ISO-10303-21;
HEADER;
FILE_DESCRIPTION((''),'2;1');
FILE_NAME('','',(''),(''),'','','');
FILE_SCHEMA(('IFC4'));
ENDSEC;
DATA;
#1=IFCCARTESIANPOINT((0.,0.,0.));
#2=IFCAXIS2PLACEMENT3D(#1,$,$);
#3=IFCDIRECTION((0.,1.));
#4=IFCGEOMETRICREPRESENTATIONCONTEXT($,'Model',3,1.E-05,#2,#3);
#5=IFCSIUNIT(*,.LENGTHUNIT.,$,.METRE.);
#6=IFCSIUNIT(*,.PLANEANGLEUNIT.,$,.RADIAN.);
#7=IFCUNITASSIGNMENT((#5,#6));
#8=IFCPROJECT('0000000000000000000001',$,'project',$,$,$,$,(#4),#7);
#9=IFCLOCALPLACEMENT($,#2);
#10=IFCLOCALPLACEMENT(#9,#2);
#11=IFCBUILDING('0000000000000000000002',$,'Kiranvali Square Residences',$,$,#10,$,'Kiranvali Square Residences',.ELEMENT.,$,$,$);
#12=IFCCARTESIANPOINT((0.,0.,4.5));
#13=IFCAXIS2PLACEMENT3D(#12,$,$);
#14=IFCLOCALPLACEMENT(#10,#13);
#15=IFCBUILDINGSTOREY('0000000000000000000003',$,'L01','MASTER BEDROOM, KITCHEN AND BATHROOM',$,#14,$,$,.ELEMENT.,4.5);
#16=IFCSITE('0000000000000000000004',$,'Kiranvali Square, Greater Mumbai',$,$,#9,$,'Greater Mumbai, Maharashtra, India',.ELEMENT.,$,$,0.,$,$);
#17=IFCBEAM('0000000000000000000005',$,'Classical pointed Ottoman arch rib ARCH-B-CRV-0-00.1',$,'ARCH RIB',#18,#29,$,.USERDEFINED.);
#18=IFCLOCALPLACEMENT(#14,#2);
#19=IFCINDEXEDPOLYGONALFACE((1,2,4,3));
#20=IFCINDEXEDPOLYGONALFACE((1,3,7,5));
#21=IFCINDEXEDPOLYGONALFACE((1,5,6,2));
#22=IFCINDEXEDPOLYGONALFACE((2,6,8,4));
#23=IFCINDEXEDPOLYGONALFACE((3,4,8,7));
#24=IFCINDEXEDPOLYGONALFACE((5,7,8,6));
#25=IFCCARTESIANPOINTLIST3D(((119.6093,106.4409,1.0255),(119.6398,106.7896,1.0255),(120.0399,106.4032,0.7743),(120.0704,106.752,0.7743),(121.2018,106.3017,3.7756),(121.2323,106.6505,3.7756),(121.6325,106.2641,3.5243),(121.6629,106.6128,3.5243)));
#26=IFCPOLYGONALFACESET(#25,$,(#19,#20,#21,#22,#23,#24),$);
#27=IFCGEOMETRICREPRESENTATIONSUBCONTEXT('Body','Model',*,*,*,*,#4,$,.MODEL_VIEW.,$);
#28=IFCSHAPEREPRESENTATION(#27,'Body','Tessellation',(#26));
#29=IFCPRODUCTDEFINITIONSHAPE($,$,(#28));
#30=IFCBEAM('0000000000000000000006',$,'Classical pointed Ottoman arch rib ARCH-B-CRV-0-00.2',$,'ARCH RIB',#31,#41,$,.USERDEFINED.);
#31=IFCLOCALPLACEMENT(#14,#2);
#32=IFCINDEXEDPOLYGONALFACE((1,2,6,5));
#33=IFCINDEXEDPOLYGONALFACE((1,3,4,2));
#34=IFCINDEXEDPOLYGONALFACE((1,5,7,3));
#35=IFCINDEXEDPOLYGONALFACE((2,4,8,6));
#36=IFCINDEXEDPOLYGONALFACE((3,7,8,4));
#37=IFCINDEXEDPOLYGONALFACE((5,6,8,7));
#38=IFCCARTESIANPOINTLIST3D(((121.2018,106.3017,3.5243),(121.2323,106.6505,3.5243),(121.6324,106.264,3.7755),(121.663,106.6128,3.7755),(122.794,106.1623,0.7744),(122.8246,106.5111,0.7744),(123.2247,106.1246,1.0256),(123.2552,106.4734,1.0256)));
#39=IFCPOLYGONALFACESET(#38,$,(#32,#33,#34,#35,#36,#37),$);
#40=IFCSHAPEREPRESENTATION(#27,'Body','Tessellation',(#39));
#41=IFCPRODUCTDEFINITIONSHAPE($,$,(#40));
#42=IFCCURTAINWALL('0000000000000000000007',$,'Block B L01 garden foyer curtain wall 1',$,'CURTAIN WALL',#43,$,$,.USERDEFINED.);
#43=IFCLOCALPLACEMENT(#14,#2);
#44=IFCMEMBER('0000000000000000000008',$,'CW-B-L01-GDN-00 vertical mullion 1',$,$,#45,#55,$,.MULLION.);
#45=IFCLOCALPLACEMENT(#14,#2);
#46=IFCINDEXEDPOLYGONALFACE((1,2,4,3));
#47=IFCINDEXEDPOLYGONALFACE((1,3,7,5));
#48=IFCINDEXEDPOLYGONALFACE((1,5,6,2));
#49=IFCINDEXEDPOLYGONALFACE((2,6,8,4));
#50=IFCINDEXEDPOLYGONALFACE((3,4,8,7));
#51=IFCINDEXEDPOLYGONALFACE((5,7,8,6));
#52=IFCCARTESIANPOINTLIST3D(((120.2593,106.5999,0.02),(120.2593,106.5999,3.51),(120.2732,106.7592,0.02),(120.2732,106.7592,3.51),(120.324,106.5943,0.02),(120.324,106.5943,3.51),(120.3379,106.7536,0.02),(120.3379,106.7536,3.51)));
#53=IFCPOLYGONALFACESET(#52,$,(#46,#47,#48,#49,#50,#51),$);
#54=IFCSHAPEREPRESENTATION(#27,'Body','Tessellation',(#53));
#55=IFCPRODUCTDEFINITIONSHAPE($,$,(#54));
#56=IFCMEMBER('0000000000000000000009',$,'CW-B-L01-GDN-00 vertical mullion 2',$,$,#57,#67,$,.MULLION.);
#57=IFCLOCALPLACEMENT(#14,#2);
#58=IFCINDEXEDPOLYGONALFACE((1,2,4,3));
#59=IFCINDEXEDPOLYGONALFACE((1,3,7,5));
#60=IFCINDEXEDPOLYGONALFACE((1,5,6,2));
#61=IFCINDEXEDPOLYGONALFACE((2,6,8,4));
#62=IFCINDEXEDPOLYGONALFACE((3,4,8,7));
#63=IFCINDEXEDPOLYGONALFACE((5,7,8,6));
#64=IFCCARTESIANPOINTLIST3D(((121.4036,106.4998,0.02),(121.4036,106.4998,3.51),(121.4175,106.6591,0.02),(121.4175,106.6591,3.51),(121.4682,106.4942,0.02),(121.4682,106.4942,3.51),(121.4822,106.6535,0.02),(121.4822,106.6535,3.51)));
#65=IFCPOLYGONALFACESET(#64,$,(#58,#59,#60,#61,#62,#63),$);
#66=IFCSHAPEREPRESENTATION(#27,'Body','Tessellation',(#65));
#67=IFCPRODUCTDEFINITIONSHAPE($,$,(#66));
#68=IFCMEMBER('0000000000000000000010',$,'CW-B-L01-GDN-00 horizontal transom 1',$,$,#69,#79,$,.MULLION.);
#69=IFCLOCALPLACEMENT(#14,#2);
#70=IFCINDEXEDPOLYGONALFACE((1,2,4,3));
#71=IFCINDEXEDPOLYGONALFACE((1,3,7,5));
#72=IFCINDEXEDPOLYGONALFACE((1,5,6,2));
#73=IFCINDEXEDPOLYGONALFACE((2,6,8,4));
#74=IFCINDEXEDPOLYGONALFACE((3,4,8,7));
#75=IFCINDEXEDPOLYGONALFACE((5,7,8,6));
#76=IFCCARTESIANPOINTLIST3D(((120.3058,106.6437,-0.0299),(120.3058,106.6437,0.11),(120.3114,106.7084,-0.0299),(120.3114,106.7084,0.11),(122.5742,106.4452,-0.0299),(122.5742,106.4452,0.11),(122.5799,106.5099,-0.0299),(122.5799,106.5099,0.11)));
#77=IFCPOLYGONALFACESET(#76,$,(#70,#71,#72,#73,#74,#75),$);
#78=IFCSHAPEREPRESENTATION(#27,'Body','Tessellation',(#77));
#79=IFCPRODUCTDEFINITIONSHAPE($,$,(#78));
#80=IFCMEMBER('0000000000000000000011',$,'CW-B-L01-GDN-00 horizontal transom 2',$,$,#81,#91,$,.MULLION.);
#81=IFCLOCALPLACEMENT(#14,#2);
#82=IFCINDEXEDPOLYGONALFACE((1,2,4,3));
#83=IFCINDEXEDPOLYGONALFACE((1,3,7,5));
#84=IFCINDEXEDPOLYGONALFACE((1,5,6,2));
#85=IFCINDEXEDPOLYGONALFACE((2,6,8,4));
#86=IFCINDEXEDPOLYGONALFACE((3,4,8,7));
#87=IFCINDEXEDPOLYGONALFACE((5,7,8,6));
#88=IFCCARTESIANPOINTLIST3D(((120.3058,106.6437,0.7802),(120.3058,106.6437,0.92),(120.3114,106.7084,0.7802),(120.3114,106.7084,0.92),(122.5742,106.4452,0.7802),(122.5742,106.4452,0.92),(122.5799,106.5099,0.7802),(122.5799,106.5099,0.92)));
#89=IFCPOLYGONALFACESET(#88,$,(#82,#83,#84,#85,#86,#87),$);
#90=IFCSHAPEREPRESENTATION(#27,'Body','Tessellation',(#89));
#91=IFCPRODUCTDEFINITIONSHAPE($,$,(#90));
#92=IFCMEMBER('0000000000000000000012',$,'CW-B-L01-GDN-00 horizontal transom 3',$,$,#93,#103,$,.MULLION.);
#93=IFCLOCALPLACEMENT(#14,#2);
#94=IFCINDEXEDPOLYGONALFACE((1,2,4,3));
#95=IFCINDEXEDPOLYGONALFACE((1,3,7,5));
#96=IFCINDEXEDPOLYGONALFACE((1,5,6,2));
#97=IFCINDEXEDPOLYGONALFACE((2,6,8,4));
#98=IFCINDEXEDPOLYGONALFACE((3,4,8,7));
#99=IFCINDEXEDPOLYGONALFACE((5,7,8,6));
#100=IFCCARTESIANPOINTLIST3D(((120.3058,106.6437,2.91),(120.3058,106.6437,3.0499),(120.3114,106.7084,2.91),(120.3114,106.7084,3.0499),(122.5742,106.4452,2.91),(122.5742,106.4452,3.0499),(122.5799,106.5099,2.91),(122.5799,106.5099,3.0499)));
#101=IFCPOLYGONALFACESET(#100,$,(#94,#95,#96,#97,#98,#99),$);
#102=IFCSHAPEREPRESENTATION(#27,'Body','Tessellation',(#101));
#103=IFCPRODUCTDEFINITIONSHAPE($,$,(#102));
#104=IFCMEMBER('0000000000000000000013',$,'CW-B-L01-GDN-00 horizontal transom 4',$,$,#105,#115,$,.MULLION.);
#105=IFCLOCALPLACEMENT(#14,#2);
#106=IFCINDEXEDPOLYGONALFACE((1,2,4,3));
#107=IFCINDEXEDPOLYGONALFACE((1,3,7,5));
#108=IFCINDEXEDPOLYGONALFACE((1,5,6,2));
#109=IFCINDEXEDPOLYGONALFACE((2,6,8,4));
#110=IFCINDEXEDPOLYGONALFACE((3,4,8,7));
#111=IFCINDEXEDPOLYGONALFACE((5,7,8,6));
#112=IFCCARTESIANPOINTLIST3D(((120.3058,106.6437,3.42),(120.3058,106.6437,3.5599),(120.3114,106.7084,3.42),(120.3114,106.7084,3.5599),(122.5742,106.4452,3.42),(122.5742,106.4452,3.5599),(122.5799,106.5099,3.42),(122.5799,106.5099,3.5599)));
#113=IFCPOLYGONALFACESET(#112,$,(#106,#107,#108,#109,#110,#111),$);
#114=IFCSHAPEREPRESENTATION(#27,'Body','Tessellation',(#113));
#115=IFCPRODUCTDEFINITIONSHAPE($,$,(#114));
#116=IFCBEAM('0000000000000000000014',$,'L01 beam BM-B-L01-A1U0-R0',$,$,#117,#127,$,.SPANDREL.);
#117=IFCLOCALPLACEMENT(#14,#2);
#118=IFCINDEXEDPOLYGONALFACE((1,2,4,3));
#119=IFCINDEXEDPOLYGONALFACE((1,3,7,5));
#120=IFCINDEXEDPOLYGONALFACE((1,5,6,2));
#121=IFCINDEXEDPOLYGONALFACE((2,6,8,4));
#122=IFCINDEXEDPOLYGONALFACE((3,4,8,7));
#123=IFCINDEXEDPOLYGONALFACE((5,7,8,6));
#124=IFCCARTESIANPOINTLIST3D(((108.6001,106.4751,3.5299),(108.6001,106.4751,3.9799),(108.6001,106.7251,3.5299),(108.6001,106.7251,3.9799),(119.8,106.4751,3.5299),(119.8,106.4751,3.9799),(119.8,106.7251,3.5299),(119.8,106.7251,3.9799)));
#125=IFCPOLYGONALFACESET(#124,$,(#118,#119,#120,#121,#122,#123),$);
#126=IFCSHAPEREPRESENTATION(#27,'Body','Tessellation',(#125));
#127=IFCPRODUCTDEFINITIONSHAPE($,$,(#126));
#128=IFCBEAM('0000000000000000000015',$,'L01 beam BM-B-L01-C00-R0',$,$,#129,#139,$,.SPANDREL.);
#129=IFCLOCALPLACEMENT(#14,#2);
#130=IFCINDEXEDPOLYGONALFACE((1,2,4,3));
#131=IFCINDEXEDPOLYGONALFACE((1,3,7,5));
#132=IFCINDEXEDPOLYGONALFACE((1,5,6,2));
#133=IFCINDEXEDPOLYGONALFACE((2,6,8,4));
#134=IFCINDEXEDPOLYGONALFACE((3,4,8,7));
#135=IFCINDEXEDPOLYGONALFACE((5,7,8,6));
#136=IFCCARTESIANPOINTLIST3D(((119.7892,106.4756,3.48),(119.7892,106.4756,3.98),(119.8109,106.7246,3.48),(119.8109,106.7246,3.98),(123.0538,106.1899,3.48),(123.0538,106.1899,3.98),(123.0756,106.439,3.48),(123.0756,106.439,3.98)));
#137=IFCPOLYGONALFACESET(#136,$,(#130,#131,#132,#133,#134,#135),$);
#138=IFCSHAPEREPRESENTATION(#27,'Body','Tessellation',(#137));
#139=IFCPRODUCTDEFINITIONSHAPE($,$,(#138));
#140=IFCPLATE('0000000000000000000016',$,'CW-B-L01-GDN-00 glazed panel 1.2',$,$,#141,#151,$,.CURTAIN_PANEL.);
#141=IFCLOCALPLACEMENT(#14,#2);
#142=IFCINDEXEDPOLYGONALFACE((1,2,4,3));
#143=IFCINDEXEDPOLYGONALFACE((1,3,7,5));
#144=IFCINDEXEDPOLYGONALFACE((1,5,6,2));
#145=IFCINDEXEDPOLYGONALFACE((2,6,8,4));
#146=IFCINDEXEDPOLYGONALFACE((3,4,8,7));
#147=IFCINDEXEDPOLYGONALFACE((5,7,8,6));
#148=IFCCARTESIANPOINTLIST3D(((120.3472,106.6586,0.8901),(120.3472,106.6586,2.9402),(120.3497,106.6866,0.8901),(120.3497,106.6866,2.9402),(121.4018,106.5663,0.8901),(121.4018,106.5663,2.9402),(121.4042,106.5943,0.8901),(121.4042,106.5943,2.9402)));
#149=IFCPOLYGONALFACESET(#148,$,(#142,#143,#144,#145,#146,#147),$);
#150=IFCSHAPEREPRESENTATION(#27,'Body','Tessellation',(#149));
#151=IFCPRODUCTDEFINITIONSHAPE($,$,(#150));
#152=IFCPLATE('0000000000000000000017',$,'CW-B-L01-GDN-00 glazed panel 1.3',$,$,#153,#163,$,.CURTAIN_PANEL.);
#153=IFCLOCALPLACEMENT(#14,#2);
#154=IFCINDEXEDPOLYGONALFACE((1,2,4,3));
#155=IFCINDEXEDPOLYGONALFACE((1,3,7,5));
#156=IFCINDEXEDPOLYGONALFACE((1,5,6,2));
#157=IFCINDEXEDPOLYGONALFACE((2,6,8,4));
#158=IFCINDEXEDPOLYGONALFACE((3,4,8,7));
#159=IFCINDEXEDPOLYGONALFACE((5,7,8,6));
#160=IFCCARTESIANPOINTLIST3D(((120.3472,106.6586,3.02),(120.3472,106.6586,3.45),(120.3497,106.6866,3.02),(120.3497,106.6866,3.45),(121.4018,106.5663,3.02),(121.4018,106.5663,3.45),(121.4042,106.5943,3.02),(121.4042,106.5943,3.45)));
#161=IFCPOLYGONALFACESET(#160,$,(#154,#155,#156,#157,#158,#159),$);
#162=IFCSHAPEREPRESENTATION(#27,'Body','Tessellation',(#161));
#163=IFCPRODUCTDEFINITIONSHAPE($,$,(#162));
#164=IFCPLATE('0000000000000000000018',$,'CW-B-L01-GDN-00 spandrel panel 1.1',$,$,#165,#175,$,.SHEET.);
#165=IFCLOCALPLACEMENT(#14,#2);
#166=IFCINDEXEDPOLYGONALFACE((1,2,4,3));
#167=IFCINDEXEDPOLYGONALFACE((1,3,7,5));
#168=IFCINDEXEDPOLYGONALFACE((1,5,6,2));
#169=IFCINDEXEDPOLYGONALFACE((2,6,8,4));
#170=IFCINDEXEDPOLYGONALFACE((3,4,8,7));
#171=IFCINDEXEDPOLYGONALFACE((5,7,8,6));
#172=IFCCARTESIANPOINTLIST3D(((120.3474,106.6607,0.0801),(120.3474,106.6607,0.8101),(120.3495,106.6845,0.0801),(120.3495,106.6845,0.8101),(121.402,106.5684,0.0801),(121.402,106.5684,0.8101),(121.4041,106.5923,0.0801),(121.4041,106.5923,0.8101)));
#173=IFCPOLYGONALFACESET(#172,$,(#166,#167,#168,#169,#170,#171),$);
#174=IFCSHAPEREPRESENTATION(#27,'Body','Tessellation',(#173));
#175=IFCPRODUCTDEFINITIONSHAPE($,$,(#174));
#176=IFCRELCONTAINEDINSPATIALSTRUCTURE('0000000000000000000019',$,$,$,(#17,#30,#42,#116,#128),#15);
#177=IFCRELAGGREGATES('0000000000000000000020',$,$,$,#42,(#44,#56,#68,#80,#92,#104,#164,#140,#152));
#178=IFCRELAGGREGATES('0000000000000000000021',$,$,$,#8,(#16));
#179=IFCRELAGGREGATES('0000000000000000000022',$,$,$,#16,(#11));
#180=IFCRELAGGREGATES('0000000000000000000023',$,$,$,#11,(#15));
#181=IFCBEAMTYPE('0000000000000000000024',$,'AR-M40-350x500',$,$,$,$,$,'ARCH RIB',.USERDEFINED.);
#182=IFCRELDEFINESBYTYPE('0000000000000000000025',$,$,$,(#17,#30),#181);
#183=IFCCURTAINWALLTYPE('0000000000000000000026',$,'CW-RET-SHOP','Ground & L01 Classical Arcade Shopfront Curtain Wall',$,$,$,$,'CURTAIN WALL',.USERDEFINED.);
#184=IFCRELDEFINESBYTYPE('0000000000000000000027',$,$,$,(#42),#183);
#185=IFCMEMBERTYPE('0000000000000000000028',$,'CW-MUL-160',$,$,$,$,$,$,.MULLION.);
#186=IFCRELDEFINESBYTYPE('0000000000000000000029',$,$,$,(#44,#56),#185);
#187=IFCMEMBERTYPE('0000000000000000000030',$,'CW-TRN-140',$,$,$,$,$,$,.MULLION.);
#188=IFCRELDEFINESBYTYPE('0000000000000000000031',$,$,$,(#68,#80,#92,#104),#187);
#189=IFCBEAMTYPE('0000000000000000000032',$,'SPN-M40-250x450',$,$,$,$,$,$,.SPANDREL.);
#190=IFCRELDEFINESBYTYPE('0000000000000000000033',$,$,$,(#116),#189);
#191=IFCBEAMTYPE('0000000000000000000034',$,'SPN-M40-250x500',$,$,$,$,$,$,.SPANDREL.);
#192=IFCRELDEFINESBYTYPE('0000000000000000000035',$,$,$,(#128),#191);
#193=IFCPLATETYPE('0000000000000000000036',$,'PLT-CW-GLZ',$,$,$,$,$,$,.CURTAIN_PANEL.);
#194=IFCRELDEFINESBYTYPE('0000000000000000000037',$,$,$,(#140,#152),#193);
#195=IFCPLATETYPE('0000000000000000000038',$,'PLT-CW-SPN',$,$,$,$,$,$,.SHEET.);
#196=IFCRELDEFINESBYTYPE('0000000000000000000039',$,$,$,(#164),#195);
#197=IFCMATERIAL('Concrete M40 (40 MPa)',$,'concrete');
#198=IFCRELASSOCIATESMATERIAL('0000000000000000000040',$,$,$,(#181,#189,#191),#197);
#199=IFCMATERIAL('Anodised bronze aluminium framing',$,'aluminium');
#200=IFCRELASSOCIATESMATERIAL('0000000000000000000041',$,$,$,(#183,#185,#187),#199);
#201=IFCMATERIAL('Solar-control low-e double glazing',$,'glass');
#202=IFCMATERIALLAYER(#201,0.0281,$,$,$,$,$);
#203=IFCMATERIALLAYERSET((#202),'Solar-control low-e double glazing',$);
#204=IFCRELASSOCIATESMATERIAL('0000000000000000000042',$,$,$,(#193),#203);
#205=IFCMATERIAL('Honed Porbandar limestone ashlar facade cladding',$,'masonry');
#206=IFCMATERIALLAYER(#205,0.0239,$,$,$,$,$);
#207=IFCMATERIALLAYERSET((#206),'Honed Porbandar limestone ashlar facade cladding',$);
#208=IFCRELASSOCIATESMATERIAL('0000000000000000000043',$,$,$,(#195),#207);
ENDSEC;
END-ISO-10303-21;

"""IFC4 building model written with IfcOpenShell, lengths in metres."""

from ifc_helpers import new_model, si_unit, direction, frame, origin, origin_2d, place, context, subcontext, project, spatial, rectangle, extrude, material, layer, layer_set, material_profile, profile_set, type_object, element, aggregate, save


model = new_model("IFC4")

# Units and contexts
model_context = context("Model", 3, precision=1e-05, world=origin(), true_north=direction((0.0, 1.0)))
body_context = subcontext(model_context, "Body", "Model", "MODEL_VIEW")
ifc_project = project(units=[si_unit("LENGTHUNIT", "METRE"), si_unit("PLANEANGLEUNIT", "RADIAN")], contexts=[model_context])

# Site, building, storey
site_placement = place(None, origin())
site = spatial("IfcSite", under=ifc_project, at=site_placement, Name="Kiranvali Square, Greater Mumbai", LongName="Greater Mumbai, Maharashtra, India", CompositionType="ELEMENT", RefElevation=0.0)
building_placement = place(site_placement, origin())
building = spatial("IfcBuilding", under=site, at=building_placement, Name="Kiranvali Square Residences", LongName="Kiranvali Square Residences", CompositionType="ELEMENT")
storey_placement = place(building_placement, frame((0.0, 0.0, 4.5)))
storey = spatial("IfcBuildingStorey", under=building, at=storey_placement, Name="L01", Description="MASTER BEDROOM, KITCHEN AND BATHROOM", CompositionType="ELEMENT", Elevation=4.5)

# Beams
ifc_material_1 = material(Name="Concrete M40 (40 MPa)", Category="concrete")
ifc_material_profile_1 = material_profile(ifc_material_1, rectangle(XDim=0.3501, YDim=0.5, at=origin_2d()), Name="RC 350x500")
ifc_profile_set_1 = profile_set([ifc_material_profile_1], Name="Concrete M40 (40 MPa)")
beam_type_1 = type_object("IfcBeamType", Name="AR-M40-350x500", ElementType="ARCH RIB", PredefinedType="USERDEFINED", material=ifc_profile_set_1)
beam_1_placement = place(storey_placement, frame((119.8398, 106.5964, 0.8999), z_axis=(0.500656, -0.043749, 0.86454), x_axis=(0.087051, 0.996204, 0.0)))
element("IfcBeam", 1, at=beam_1_placement, inside=storey, type_object=beam_type_1, Name="Classical pointed Ottoman arch rib ARCH-B-CRV-0-00.1", ObjectType="ARCH RIB", PredefinedType="USERDEFINED", context=body_context, shape_type="SweptSolid", body=[
    extrude(rectangle(XDim=0.3501, YDim=0.5, at=origin_2d()), origin(), (0.0, 0.0, 1.0), 3.1809),
])
beam_2_placement = place(storey_placement, frame((121.4324, 106.4573, 3.6499), z_axis=(0.500597, -0.043827, -0.86457), x_axis=(0.087216, 0.996189, 0.0)))
element("IfcBeam", 2, at=beam_2_placement, inside=storey, type_object=beam_type_1, Name="Classical pointed Ottoman arch rib ARCH-B-CRV-0-00.2", ObjectType="ARCH RIB", PredefinedType="USERDEFINED", context=body_context, shape_type="SweptSolid", body=[
    extrude(rectangle(XDim=0.3501, YDim=0.5, at=origin_2d()), origin(), (0.0, 0.0, 1.0), 3.1807),
])

# Curtain wall, members
ifc_material_2 = material(Name="Anodised bronze aluminium framing", Category="aluminium")
curtain_wall_type = type_object("IfcCurtainWallType", Name="CW-RET-SHOP", Description="Ground & L01 Classical Arcade Shopfront Curtain Wall", ElementType="CURTAIN WALL", PredefinedType="USERDEFINED", material=ifc_material_2)
curtain_wall_placement = place(storey_placement, origin())
curtain_wall = element("IfcCurtainWall", 3, at=curtain_wall_placement, inside=storey, type_object=curtain_wall_type, Name="Block B L01 garden foyer curtain wall 1", ObjectType="CURTAIN WALL", PredefinedType="USERDEFINED")
ifc_material_profile_2 = material_profile(ifc_material_2, rectangle(XDim=0.0649, YDim=0.1599, at=origin_2d()), Name="ALU 65x160")
ifc_profile_set_2 = profile_set([ifc_material_profile_2], Name="Anodised bronze aluminium framing")
member_type_1 = type_object("IfcMemberType", Name="CW-MUL-160", PredefinedType="MULLION", material=ifc_profile_set_2)
member_1_placement = place(storey_placement, frame((120.2986, 106.6768, 0.02), z_axis=(0.0, 0.0, 1.0), x_axis=(0.996195, -0.087156, 0.0)))
member_1 = element("IfcMember", 4, at=member_1_placement, type_object=member_type_1, Name="CW-B-L01-GDN-00 vertical mullion 1", PredefinedType="MULLION", context=body_context, shape_type="SweptSolid", body=[
    extrude(rectangle(XDim=0.0649, YDim=0.1599, at=origin_2d()), origin(), (0.0, 0.0, 1.0), 3.49),
])
member_2_placement = place(storey_placement, frame((121.4429, 106.5767, 0.02), z_axis=(0.0, 0.0, 1.0), x_axis=(0.996195, -0.087156, 0.0)))
member_2 = element("IfcMember", 5, at=member_2_placement, type_object=member_type_1, Name="CW-B-L01-GDN-00 vertical mullion 2", PredefinedType="MULLION", context=body_context, shape_type="SweptSolid", body=[
    extrude(rectangle(XDim=0.0649, YDim=0.1599, at=origin_2d()), origin(), (0.0, 0.0, 1.0), 3.49),
])
ifc_material_profile_3 = material_profile(ifc_material_2, rectangle(XDim=0.0649, YDim=0.1399, at=origin_2d()), Name="ALU 65x140")
ifc_profile_set_3 = profile_set([ifc_material_profile_3], Name="Anodised bronze aluminium framing")
member_type_2 = type_object("IfcMemberType", Name="CW-TRN-140", PredefinedType="MULLION", material=ifc_profile_set_3)
member_3_placement = place(storey_placement, frame((120.3086, 106.676, 0.04), z_axis=(0.996193, -0.087171, 0.0), x_axis=(0.087171, 0.996193, 0.0)))
member_3 = element("IfcMember", 6, at=member_3_placement, type_object=member_type_2, Name="CW-B-L01-GDN-00 horizontal transom 1", PredefinedType="MULLION", context=body_context, shape_type="SweptSolid", body=[
    extrude(rectangle(XDim=0.0649, YDim=0.1399, at=origin_2d()), origin(), (0.0, 0.0, 1.0), 2.2771),
])
member_4_placement = place(storey_placement, frame((120.3086, 106.676, 0.8501), z_axis=(0.996193, -0.087171, 0.0), x_axis=(0.087171, 0.996193, 0.0)))
member_4 = element("IfcMember", 7, at=member_4_placement, type_object=member_type_2, Name="CW-B-L01-GDN-00 horizontal transom 2", PredefinedType="MULLION", context=body_context, shape_type="SweptSolid", body=[
    extrude(rectangle(XDim=0.0649, YDim=0.1399, at=origin_2d()), origin(), (0.0, 0.0, 1.0), 2.2771),
])
member_5_placement = place(storey_placement, frame((120.3086, 106.676, 2.98), z_axis=(0.996193, -0.087171, 0.0), x_axis=(0.087171, 0.996193, 0.0)))
member_5 = element("IfcMember", 8, at=member_5_placement, type_object=member_type_2, Name="CW-B-L01-GDN-00 horizontal transom 3", PredefinedType="MULLION", context=body_context, shape_type="SweptSolid", body=[
    extrude(rectangle(XDim=0.0649, YDim=0.1399, at=origin_2d()), origin(), (0.0, 0.0, 1.0), 2.2771),
])
member_6_placement = place(storey_placement, frame((120.3086, 106.676, 3.49), z_axis=(0.996193, -0.087171, 0.0), x_axis=(0.087171, 0.996193, 0.0)))
member_6 = element("IfcMember", 9, at=member_6_placement, type_object=member_type_2, Name="CW-B-L01-GDN-00 horizontal transom 4", PredefinedType="MULLION", context=body_context, shape_type="SweptSolid", body=[
    extrude(rectangle(XDim=0.0649, YDim=0.1399, at=origin_2d()), origin(), (0.0, 0.0, 1.0), 2.2771),
])

# Beams
ifc_material_profile_4 = material_profile(ifc_material_1, rectangle(XDim=0.25, YDim=0.45, at=origin_2d()), Name="RC 250x450")
ifc_profile_set_4 = profile_set([ifc_material_profile_4], Name="Concrete M40 (40 MPa)")
beam_type_2 = type_object("IfcBeamType", Name="SPN-M40-250x450", PredefinedType="SPANDREL", material=ifc_profile_set_4)
beam_3_placement = place(storey_placement, frame((119.8, 106.6001, 3.7549), z_axis=(-1.0, 0.0, 0.0), x_axis=(0.0, -1.0, 0.0)))
element("IfcBeam", 10, at=beam_3_placement, inside=storey, type_object=beam_type_2, Name="L01 beam BM-B-L01-A1U0-R0", PredefinedType="SPANDREL", context=body_context, shape_type="SweptSolid", body=[
    extrude(rectangle(XDim=0.25, YDim=0.45, at=origin_2d()), origin(), (0.0, 0.0, 1.0), 11.2),
])
ifc_material_profile_5 = material_profile(ifc_material_1, rectangle(XDim=0.25, YDim=0.5, at=origin_2d()), Name="RC 250x500")
ifc_profile_set_5 = profile_set([ifc_material_profile_5], Name="Concrete M40 (40 MPa)")
beam_type_3 = type_object("IfcBeamType", Name="SPN-M40-250x500", PredefinedType="SPANDREL", material=ifc_profile_set_5)
beam_4_placement = place(storey_placement, frame((119.8, 106.6001, 3.73), z_axis=(0.996194, -0.087163, 0.0), x_axis=(0.087163, 0.996194, 0.0)))
element("IfcBeam", 11, at=beam_4_placement, inside=storey, type_object=beam_type_3, Name="L01 beam BM-B-L01-C00-R0", PredefinedType="SPANDREL", context=body_context, shape_type="SweptSolid", body=[
    extrude(rectangle(XDim=0.25, YDim=0.5, at=origin_2d()), origin(), (0.0, 0.0, 1.0), 3.2771),
])

# Plates
ifc_material_3 = material(Name="Solar-control low-e double glazing", Category="glass")
ifc_layer_1 = layer(ifc_material_3, 0.0281)
ifc_layer_set_1 = layer_set([ifc_layer_1], Name="Solar-control low-e double glazing")
plate_type_1 = type_object("IfcPlateType", Name="PLT-CW-GLZ", PredefinedType="CURTAIN_PANEL", material=ifc_layer_set_1)
plate_1_placement = place(storey_placement, frame((120.8757, 106.6265, 0.8901), z_axis=(0.0, 0.0, 1.0), x_axis=(0.996195, -0.087156, 0.0)))
plate_1 = element("IfcPlate", 12, at=plate_1_placement, type_object=plate_type_1, Name="CW-B-L01-GDN-00 glazed panel 1.2", PredefinedType="CURTAIN_PANEL", context=body_context, shape_type="SweptSolid", body=[
    extrude(rectangle(XDim=1.0586, YDim=0.0281, at=origin_2d()), origin(), (0.0, 0.0, 1.0), 2.05),
])
plate_2_placement = place(storey_placement, frame((120.8757, 106.6265, 3.02), z_axis=(0.0, 0.0, 1.0), x_axis=(0.996195, -0.087156, 0.0)))
plate_2 = element("IfcPlate", 13, at=plate_2_placement, type_object=plate_type_1, Name="CW-B-L01-GDN-00 glazed panel 1.3", PredefinedType="CURTAIN_PANEL", context=body_context, shape_type="SweptSolid", body=[
    extrude(rectangle(XDim=1.0586, YDim=0.0281, at=origin_2d()), origin(), (0.0, 0.0, 1.0), 0.4299),
])
ifc_material_4 = material(Name="Honed Porbandar limestone ashlar facade cladding", Category="masonry")
ifc_layer_2 = layer(ifc_material_4, 0.0239)
ifc_layer_set_2 = layer_set([ifc_layer_2], Name="Honed Porbandar limestone ashlar facade cladding")
plate_type_2 = type_object("IfcPlateType", Name="PLT-CW-SPN", PredefinedType="SHEET", material=ifc_layer_set_2)
plate_3_placement = place(storey_placement, frame((120.8757, 106.6265, 0.0801), z_axis=(0.0, 0.0, 1.0), x_axis=(0.996195, -0.087156, 0.0)))
plate_3 = element("IfcPlate", 14, at=plate_3_placement, type_object=plate_type_2, Name="CW-B-L01-GDN-00 spandrel panel 1.1", PredefinedType="SHEET", context=body_context, shape_type="SweptSolid", body=[
    extrude(rectangle(XDim=1.0586, YDim=0.0239, at=origin_2d()), origin(), (0.0, 0.0, 1.0), 0.73),
])
aggregate(curtain_wall, [member_1, member_2, member_3, member_4, member_5, member_6, plate_3, plate_1, plate_2])

save(model, "model.ifc")
